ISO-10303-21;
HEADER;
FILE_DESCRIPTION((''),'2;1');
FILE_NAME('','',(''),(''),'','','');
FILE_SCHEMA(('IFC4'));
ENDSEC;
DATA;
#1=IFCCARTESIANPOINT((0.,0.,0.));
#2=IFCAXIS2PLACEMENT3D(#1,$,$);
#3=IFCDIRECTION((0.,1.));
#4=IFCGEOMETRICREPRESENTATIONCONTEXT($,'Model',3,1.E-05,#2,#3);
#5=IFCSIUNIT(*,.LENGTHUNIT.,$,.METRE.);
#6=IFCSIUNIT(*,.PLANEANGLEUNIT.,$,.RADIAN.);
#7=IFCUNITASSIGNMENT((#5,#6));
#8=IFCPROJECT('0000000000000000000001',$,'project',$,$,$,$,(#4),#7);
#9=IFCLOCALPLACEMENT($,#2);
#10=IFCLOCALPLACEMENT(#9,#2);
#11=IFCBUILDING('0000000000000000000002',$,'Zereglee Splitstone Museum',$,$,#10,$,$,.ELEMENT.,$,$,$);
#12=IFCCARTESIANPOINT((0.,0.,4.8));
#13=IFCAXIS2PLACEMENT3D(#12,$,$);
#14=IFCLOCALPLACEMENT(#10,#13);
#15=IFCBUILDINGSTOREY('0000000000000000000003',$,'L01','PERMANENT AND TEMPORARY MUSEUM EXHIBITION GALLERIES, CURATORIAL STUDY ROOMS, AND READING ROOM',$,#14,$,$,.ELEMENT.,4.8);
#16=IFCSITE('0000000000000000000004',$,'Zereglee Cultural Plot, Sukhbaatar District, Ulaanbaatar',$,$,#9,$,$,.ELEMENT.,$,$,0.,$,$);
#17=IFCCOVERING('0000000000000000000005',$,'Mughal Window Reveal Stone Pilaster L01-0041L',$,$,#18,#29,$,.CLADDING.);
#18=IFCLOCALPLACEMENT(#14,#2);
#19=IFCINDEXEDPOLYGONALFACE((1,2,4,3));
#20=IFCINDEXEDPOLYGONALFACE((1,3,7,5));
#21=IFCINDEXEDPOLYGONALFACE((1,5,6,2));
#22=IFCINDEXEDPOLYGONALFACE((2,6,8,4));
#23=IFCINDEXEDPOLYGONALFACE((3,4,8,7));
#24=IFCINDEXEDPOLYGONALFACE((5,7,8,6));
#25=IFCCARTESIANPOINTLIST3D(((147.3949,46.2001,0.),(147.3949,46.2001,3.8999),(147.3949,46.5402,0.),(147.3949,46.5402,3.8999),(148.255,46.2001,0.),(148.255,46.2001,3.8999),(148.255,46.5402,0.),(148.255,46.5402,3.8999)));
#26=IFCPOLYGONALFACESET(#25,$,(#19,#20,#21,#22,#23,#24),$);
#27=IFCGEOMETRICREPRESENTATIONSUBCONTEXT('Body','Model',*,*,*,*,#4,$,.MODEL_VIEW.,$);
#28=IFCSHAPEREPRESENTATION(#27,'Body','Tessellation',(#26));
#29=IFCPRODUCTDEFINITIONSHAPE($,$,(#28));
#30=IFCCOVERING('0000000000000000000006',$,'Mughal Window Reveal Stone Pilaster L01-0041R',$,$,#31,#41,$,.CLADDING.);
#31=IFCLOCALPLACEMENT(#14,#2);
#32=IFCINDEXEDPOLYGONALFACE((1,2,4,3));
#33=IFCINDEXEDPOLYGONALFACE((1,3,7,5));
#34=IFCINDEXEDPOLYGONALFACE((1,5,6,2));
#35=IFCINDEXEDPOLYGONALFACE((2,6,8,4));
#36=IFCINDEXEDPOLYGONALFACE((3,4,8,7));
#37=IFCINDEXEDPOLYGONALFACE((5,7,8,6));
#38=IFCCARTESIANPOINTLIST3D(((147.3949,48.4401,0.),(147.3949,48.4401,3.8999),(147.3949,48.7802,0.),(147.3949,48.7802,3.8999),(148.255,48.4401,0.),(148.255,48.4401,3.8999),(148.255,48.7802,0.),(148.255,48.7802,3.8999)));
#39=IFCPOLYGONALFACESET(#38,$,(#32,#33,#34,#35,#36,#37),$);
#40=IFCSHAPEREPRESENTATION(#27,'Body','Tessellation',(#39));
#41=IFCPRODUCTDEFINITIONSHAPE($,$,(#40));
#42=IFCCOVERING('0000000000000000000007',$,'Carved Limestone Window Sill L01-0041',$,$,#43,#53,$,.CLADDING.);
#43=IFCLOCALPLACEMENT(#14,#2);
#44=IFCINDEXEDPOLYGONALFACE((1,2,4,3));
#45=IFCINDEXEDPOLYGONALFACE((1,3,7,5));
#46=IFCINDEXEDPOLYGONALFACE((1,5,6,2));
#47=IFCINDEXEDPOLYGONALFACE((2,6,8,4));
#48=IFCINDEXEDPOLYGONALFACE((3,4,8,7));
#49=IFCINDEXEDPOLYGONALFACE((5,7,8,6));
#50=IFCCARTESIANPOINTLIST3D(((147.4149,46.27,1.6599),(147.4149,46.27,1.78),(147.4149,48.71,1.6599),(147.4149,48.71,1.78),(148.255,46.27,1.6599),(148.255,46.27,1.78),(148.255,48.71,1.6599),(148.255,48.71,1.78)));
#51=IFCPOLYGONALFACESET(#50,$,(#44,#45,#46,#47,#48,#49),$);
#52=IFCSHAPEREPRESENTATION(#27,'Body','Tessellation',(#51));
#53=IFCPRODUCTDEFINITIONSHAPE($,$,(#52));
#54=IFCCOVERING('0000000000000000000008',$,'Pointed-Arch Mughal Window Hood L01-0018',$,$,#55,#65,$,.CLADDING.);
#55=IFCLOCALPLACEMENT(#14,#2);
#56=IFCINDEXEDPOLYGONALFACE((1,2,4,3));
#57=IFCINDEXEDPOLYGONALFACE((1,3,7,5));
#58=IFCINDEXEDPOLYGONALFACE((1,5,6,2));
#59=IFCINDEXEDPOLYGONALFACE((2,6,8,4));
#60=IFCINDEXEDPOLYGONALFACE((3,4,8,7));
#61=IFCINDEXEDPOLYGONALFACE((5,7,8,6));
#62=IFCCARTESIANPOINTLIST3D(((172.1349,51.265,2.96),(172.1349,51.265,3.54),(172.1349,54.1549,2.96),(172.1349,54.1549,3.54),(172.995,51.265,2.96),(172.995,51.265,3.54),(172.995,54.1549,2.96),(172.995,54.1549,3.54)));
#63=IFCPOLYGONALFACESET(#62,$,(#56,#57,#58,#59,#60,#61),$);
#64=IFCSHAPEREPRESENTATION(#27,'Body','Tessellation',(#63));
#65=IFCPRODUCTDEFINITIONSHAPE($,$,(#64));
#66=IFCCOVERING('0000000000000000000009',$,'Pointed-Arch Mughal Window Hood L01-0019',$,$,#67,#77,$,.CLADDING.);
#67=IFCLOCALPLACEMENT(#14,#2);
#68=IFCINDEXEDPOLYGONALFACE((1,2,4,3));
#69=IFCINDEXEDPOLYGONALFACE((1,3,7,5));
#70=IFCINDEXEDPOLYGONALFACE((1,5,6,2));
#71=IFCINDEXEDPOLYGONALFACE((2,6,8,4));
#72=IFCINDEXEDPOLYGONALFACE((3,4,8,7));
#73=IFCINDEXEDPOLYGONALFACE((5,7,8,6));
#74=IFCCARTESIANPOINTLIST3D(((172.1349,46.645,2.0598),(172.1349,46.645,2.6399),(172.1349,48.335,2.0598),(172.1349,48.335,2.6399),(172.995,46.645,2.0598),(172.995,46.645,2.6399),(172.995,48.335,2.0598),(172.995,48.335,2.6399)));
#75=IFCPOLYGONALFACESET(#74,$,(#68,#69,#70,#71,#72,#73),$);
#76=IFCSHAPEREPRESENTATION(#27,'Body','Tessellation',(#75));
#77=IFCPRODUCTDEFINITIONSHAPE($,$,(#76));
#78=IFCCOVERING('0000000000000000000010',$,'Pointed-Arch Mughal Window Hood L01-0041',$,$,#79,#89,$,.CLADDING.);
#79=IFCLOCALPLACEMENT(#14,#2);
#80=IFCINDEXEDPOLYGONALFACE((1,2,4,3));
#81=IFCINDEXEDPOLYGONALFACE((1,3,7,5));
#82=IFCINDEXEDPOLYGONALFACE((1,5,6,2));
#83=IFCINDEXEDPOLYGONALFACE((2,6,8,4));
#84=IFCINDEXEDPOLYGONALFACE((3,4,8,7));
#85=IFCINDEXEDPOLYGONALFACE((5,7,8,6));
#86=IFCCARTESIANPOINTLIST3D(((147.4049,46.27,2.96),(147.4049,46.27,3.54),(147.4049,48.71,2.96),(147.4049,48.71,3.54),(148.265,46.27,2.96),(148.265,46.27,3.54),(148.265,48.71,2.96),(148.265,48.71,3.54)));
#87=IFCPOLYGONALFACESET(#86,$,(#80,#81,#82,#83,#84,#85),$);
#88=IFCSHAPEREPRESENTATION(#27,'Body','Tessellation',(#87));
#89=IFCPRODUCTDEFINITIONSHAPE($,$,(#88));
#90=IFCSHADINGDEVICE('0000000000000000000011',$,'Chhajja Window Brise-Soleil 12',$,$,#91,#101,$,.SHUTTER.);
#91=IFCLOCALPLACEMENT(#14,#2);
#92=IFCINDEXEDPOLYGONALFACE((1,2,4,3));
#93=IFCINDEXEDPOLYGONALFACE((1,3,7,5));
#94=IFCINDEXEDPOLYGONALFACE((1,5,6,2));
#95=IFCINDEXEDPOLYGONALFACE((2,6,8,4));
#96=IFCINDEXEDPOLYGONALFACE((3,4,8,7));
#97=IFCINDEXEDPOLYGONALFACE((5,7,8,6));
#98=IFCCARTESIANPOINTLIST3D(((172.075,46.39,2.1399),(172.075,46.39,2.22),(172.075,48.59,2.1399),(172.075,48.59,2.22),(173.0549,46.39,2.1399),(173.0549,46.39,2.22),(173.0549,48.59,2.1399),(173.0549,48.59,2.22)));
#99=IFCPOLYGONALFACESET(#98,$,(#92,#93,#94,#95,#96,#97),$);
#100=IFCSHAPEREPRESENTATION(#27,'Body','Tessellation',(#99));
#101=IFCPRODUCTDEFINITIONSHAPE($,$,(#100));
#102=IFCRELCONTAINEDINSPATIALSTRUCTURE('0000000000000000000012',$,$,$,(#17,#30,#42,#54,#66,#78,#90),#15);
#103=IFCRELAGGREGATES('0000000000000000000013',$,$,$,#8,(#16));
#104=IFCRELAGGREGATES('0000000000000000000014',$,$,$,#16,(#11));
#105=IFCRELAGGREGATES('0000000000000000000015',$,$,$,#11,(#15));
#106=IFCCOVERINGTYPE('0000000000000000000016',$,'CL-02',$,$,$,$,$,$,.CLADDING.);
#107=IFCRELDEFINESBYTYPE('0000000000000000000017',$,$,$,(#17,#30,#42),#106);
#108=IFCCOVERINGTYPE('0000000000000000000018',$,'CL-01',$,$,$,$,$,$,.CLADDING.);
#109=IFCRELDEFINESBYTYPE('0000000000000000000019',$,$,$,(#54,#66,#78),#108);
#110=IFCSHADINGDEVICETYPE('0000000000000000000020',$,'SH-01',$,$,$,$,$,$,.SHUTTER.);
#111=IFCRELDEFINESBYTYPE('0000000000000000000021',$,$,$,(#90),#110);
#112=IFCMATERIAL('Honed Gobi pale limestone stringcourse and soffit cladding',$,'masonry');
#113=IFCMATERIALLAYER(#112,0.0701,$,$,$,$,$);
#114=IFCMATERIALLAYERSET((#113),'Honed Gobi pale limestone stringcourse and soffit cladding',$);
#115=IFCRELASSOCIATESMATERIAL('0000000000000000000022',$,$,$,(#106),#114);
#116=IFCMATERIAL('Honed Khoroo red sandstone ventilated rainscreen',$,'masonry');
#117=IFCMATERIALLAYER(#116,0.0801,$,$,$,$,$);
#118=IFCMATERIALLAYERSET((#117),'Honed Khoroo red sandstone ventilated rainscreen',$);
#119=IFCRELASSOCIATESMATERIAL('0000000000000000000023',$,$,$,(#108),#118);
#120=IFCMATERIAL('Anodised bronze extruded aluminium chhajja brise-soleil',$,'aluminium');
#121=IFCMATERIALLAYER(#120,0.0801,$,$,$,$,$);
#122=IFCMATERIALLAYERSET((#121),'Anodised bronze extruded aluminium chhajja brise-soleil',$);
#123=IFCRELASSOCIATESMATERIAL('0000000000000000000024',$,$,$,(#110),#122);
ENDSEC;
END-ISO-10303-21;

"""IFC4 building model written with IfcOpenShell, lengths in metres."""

from ifc_helpers import new_model, si_unit, direction, frame, origin, origin_2d, place, context, subcontext, project, spatial, rectangle, extrude, material, layer, layer_set, type_object, element, save


model = new_model("IFC4")

# Units and contexts
model_context = context("Model", 3, precision=1e-05, world=origin(), true_north=direction((0.0, 1.0)))
body_context = subcontext(model_context, "Body", "Model", "MODEL_VIEW")
ifc_project = project(units=[si_unit("LENGTHUNIT", "METRE"), si_unit("PLANEANGLEUNIT", "RADIAN")], contexts=[model_context])

# Site, building, storey
site_placement = place(None, origin())
site = spatial("IfcSite", under=ifc_project, at=site_placement, Name="Zereglee Cultural Plot, Sukhbaatar District, Ulaanbaatar", CompositionType="ELEMENT", RefElevation=0.0)
building_placement = place(site_placement, origin())
building = spatial("IfcBuilding", under=site, at=building_placement, Name="Zereglee Splitstone Museum", CompositionType="ELEMENT")
storey_placement = place(building_placement, frame((0.0, 0.0, 4.8)))
storey = spatial("IfcBuildingStorey", under=building, at=storey_placement, Name="L01", Description="PERMANENT AND TEMPORARY MUSEUM EXHIBITION GALLERIES, CURATORIAL STUDY ROOMS, AND READING ROOM", CompositionType="ELEMENT", Elevation=4.8)

# Coverings
ifc_material_1 = material(Name="Honed Gobi pale limestone stringcourse and soffit cladding", Category="masonry")
ifc_layer_1 = layer(ifc_material_1, 0.0701)
ifc_layer_set_1 = layer_set([ifc_layer_1], Name="Honed Gobi pale limestone stringcourse and soffit cladding")
covering_type_1 = type_object("IfcCoveringType", Name="CL-02", PredefinedType="CLADDING", material=ifc_layer_set_1)
for number, where, z_axis, x_axis, name in (
    (1, (147.825, 46.3701, 0.0), (0.0, 0.0, 1.0), (0.0, 1.0, 0.0), "Mughal Window Reveal Stone Pilaster L01-0041L"),
    (2, (147.825, 48.6101, 0.0), (0.0, 0.0, 1.0), (0.0, 1.0, 0.0), "Mughal Window Reveal Stone Pilaster L01-0041R"),
):
    element("IfcCovering", number, at=place(storey_placement, frame(where, z_axis=z_axis, x_axis=x_axis)), inside=storey, type_object=covering_type_1, Name=name, PredefinedType="CLADDING", context=body_context, shape_type="SweptSolid", body=[
        extrude(rectangle(XDim=0.3401, YDim=0.8601, at=origin_2d()), origin(), (0.0, 0.0, 1.0), 3.8999),
    ])
covering_1_placement = place(storey_placement, frame((147.835, 47.49, 1.6599), z_axis=(0.0, 0.0, 1.0), x_axis=(0.0, 1.0, 0.0)))
element("IfcCovering", 3, at=covering_1_placement, inside=storey, type_object=covering_type_1, Name="Carved Limestone Window Sill L01-0041", PredefinedType="CLADDING", context=body_context, shape_type="SweptSolid", body=[
    extrude(rectangle(XDim=2.4399, YDim=0.8401, at=origin_2d()), origin(), (0.0, 0.0, 1.0), 0.1201),
])
ifc_material_2 = material(Name="Honed Khoroo red sandstone ventilated rainscreen", Category="masonry")
ifc_layer_2 = layer(ifc_material_2, 0.0801)
ifc_layer_set_2 = layer_set([ifc_layer_2], Name="Honed Khoroo red sandstone ventilated rainscreen")
covering_type_2 = type_object("IfcCoveringType", Name="CL-01", PredefinedType="CLADDING", material=ifc_layer_set_2)
covering_2_placement = place(storey_placement, frame((172.5649, 52.71, 2.96), z_axis=(0.0, 0.0, 1.0), x_axis=(0.0, -1.0, 0.0)))
element("IfcCovering", 4, at=covering_2_placement, inside=storey, type_object=covering_type_2, Name="Pointed-Arch Mughal Window Hood L01-0018", PredefinedType="CLADDING", context=body_context, shape_type="SweptSolid", body=[
    extrude(rectangle(XDim=2.8899, YDim=0.8601, at=origin_2d()), origin(), (0.0, 0.0, 1.0), 0.5801),
])
covering_3_placement = place(storey_placement, frame((172.5649, 47.49, 2.0598), z_axis=(0.0, 0.0, 1.0), x_axis=(0.0, -1.0, 0.0)))
element("IfcCovering", 5, at=covering_3_placement, inside=storey, type_object=covering_type_2, Name="Pointed-Arch Mughal Window Hood L01-0019", PredefinedType="CLADDING", context=body_context, shape_type="SweptSolid", body=[
    extrude(rectangle(XDim=1.6899, YDim=0.8601, at=origin_2d()), origin(), (0.0, 0.0, 1.0), 0.5801),
])
covering_4_placement = place(storey_placement, frame((147.835, 47.49, 2.96), z_axis=(0.0, 0.0, 1.0), x_axis=(0.0, 1.0, 0.0)))
element("IfcCovering", 6, at=covering_4_placement, inside=storey, type_object=covering_type_2, Name="Pointed-Arch Mughal Window Hood L01-0041", PredefinedType="CLADDING", context=body_context, shape_type="SweptSolid", body=[
    extrude(rectangle(XDim=2.4399, YDim=0.8601, at=origin_2d()), origin(), (0.0, 0.0, 1.0), 0.5801),
])

# Shading device
ifc_material_3 = material(Name="Anodised bronze extruded aluminium chhajja brise-soleil", Category="aluminium")
ifc_layer_3 = layer(ifc_material_3, 0.0801)
ifc_layer_set_3 = layer_set([ifc_layer_3], Name="Anodised bronze extruded aluminium chhajja brise-soleil")
shading_device_type = type_object("IfcShadingDeviceType", Name="SH-01", PredefinedType="SHUTTER", material=ifc_layer_set_3)
shading_device_placement = place(storey_placement, frame((172.5649, 47.49, 2.1399), z_axis=(0.0, 0.0, 1.0), x_axis=(0.0, -1.0, 0.0)))
element("IfcShadingDevice", 7, at=shading_device_placement, inside=storey, type_object=shading_device_type, Name="Chhajja Window Brise-Soleil 12", PredefinedType="SHUTTER", context=body_context, shape_type="SweptSolid", body=[
    extrude(rectangle(XDim=2.2, YDim=0.98, at=origin_2d()), origin(), (0.0, 0.0, 1.0), 0.0801),
])

save(model, "model.ifc")
